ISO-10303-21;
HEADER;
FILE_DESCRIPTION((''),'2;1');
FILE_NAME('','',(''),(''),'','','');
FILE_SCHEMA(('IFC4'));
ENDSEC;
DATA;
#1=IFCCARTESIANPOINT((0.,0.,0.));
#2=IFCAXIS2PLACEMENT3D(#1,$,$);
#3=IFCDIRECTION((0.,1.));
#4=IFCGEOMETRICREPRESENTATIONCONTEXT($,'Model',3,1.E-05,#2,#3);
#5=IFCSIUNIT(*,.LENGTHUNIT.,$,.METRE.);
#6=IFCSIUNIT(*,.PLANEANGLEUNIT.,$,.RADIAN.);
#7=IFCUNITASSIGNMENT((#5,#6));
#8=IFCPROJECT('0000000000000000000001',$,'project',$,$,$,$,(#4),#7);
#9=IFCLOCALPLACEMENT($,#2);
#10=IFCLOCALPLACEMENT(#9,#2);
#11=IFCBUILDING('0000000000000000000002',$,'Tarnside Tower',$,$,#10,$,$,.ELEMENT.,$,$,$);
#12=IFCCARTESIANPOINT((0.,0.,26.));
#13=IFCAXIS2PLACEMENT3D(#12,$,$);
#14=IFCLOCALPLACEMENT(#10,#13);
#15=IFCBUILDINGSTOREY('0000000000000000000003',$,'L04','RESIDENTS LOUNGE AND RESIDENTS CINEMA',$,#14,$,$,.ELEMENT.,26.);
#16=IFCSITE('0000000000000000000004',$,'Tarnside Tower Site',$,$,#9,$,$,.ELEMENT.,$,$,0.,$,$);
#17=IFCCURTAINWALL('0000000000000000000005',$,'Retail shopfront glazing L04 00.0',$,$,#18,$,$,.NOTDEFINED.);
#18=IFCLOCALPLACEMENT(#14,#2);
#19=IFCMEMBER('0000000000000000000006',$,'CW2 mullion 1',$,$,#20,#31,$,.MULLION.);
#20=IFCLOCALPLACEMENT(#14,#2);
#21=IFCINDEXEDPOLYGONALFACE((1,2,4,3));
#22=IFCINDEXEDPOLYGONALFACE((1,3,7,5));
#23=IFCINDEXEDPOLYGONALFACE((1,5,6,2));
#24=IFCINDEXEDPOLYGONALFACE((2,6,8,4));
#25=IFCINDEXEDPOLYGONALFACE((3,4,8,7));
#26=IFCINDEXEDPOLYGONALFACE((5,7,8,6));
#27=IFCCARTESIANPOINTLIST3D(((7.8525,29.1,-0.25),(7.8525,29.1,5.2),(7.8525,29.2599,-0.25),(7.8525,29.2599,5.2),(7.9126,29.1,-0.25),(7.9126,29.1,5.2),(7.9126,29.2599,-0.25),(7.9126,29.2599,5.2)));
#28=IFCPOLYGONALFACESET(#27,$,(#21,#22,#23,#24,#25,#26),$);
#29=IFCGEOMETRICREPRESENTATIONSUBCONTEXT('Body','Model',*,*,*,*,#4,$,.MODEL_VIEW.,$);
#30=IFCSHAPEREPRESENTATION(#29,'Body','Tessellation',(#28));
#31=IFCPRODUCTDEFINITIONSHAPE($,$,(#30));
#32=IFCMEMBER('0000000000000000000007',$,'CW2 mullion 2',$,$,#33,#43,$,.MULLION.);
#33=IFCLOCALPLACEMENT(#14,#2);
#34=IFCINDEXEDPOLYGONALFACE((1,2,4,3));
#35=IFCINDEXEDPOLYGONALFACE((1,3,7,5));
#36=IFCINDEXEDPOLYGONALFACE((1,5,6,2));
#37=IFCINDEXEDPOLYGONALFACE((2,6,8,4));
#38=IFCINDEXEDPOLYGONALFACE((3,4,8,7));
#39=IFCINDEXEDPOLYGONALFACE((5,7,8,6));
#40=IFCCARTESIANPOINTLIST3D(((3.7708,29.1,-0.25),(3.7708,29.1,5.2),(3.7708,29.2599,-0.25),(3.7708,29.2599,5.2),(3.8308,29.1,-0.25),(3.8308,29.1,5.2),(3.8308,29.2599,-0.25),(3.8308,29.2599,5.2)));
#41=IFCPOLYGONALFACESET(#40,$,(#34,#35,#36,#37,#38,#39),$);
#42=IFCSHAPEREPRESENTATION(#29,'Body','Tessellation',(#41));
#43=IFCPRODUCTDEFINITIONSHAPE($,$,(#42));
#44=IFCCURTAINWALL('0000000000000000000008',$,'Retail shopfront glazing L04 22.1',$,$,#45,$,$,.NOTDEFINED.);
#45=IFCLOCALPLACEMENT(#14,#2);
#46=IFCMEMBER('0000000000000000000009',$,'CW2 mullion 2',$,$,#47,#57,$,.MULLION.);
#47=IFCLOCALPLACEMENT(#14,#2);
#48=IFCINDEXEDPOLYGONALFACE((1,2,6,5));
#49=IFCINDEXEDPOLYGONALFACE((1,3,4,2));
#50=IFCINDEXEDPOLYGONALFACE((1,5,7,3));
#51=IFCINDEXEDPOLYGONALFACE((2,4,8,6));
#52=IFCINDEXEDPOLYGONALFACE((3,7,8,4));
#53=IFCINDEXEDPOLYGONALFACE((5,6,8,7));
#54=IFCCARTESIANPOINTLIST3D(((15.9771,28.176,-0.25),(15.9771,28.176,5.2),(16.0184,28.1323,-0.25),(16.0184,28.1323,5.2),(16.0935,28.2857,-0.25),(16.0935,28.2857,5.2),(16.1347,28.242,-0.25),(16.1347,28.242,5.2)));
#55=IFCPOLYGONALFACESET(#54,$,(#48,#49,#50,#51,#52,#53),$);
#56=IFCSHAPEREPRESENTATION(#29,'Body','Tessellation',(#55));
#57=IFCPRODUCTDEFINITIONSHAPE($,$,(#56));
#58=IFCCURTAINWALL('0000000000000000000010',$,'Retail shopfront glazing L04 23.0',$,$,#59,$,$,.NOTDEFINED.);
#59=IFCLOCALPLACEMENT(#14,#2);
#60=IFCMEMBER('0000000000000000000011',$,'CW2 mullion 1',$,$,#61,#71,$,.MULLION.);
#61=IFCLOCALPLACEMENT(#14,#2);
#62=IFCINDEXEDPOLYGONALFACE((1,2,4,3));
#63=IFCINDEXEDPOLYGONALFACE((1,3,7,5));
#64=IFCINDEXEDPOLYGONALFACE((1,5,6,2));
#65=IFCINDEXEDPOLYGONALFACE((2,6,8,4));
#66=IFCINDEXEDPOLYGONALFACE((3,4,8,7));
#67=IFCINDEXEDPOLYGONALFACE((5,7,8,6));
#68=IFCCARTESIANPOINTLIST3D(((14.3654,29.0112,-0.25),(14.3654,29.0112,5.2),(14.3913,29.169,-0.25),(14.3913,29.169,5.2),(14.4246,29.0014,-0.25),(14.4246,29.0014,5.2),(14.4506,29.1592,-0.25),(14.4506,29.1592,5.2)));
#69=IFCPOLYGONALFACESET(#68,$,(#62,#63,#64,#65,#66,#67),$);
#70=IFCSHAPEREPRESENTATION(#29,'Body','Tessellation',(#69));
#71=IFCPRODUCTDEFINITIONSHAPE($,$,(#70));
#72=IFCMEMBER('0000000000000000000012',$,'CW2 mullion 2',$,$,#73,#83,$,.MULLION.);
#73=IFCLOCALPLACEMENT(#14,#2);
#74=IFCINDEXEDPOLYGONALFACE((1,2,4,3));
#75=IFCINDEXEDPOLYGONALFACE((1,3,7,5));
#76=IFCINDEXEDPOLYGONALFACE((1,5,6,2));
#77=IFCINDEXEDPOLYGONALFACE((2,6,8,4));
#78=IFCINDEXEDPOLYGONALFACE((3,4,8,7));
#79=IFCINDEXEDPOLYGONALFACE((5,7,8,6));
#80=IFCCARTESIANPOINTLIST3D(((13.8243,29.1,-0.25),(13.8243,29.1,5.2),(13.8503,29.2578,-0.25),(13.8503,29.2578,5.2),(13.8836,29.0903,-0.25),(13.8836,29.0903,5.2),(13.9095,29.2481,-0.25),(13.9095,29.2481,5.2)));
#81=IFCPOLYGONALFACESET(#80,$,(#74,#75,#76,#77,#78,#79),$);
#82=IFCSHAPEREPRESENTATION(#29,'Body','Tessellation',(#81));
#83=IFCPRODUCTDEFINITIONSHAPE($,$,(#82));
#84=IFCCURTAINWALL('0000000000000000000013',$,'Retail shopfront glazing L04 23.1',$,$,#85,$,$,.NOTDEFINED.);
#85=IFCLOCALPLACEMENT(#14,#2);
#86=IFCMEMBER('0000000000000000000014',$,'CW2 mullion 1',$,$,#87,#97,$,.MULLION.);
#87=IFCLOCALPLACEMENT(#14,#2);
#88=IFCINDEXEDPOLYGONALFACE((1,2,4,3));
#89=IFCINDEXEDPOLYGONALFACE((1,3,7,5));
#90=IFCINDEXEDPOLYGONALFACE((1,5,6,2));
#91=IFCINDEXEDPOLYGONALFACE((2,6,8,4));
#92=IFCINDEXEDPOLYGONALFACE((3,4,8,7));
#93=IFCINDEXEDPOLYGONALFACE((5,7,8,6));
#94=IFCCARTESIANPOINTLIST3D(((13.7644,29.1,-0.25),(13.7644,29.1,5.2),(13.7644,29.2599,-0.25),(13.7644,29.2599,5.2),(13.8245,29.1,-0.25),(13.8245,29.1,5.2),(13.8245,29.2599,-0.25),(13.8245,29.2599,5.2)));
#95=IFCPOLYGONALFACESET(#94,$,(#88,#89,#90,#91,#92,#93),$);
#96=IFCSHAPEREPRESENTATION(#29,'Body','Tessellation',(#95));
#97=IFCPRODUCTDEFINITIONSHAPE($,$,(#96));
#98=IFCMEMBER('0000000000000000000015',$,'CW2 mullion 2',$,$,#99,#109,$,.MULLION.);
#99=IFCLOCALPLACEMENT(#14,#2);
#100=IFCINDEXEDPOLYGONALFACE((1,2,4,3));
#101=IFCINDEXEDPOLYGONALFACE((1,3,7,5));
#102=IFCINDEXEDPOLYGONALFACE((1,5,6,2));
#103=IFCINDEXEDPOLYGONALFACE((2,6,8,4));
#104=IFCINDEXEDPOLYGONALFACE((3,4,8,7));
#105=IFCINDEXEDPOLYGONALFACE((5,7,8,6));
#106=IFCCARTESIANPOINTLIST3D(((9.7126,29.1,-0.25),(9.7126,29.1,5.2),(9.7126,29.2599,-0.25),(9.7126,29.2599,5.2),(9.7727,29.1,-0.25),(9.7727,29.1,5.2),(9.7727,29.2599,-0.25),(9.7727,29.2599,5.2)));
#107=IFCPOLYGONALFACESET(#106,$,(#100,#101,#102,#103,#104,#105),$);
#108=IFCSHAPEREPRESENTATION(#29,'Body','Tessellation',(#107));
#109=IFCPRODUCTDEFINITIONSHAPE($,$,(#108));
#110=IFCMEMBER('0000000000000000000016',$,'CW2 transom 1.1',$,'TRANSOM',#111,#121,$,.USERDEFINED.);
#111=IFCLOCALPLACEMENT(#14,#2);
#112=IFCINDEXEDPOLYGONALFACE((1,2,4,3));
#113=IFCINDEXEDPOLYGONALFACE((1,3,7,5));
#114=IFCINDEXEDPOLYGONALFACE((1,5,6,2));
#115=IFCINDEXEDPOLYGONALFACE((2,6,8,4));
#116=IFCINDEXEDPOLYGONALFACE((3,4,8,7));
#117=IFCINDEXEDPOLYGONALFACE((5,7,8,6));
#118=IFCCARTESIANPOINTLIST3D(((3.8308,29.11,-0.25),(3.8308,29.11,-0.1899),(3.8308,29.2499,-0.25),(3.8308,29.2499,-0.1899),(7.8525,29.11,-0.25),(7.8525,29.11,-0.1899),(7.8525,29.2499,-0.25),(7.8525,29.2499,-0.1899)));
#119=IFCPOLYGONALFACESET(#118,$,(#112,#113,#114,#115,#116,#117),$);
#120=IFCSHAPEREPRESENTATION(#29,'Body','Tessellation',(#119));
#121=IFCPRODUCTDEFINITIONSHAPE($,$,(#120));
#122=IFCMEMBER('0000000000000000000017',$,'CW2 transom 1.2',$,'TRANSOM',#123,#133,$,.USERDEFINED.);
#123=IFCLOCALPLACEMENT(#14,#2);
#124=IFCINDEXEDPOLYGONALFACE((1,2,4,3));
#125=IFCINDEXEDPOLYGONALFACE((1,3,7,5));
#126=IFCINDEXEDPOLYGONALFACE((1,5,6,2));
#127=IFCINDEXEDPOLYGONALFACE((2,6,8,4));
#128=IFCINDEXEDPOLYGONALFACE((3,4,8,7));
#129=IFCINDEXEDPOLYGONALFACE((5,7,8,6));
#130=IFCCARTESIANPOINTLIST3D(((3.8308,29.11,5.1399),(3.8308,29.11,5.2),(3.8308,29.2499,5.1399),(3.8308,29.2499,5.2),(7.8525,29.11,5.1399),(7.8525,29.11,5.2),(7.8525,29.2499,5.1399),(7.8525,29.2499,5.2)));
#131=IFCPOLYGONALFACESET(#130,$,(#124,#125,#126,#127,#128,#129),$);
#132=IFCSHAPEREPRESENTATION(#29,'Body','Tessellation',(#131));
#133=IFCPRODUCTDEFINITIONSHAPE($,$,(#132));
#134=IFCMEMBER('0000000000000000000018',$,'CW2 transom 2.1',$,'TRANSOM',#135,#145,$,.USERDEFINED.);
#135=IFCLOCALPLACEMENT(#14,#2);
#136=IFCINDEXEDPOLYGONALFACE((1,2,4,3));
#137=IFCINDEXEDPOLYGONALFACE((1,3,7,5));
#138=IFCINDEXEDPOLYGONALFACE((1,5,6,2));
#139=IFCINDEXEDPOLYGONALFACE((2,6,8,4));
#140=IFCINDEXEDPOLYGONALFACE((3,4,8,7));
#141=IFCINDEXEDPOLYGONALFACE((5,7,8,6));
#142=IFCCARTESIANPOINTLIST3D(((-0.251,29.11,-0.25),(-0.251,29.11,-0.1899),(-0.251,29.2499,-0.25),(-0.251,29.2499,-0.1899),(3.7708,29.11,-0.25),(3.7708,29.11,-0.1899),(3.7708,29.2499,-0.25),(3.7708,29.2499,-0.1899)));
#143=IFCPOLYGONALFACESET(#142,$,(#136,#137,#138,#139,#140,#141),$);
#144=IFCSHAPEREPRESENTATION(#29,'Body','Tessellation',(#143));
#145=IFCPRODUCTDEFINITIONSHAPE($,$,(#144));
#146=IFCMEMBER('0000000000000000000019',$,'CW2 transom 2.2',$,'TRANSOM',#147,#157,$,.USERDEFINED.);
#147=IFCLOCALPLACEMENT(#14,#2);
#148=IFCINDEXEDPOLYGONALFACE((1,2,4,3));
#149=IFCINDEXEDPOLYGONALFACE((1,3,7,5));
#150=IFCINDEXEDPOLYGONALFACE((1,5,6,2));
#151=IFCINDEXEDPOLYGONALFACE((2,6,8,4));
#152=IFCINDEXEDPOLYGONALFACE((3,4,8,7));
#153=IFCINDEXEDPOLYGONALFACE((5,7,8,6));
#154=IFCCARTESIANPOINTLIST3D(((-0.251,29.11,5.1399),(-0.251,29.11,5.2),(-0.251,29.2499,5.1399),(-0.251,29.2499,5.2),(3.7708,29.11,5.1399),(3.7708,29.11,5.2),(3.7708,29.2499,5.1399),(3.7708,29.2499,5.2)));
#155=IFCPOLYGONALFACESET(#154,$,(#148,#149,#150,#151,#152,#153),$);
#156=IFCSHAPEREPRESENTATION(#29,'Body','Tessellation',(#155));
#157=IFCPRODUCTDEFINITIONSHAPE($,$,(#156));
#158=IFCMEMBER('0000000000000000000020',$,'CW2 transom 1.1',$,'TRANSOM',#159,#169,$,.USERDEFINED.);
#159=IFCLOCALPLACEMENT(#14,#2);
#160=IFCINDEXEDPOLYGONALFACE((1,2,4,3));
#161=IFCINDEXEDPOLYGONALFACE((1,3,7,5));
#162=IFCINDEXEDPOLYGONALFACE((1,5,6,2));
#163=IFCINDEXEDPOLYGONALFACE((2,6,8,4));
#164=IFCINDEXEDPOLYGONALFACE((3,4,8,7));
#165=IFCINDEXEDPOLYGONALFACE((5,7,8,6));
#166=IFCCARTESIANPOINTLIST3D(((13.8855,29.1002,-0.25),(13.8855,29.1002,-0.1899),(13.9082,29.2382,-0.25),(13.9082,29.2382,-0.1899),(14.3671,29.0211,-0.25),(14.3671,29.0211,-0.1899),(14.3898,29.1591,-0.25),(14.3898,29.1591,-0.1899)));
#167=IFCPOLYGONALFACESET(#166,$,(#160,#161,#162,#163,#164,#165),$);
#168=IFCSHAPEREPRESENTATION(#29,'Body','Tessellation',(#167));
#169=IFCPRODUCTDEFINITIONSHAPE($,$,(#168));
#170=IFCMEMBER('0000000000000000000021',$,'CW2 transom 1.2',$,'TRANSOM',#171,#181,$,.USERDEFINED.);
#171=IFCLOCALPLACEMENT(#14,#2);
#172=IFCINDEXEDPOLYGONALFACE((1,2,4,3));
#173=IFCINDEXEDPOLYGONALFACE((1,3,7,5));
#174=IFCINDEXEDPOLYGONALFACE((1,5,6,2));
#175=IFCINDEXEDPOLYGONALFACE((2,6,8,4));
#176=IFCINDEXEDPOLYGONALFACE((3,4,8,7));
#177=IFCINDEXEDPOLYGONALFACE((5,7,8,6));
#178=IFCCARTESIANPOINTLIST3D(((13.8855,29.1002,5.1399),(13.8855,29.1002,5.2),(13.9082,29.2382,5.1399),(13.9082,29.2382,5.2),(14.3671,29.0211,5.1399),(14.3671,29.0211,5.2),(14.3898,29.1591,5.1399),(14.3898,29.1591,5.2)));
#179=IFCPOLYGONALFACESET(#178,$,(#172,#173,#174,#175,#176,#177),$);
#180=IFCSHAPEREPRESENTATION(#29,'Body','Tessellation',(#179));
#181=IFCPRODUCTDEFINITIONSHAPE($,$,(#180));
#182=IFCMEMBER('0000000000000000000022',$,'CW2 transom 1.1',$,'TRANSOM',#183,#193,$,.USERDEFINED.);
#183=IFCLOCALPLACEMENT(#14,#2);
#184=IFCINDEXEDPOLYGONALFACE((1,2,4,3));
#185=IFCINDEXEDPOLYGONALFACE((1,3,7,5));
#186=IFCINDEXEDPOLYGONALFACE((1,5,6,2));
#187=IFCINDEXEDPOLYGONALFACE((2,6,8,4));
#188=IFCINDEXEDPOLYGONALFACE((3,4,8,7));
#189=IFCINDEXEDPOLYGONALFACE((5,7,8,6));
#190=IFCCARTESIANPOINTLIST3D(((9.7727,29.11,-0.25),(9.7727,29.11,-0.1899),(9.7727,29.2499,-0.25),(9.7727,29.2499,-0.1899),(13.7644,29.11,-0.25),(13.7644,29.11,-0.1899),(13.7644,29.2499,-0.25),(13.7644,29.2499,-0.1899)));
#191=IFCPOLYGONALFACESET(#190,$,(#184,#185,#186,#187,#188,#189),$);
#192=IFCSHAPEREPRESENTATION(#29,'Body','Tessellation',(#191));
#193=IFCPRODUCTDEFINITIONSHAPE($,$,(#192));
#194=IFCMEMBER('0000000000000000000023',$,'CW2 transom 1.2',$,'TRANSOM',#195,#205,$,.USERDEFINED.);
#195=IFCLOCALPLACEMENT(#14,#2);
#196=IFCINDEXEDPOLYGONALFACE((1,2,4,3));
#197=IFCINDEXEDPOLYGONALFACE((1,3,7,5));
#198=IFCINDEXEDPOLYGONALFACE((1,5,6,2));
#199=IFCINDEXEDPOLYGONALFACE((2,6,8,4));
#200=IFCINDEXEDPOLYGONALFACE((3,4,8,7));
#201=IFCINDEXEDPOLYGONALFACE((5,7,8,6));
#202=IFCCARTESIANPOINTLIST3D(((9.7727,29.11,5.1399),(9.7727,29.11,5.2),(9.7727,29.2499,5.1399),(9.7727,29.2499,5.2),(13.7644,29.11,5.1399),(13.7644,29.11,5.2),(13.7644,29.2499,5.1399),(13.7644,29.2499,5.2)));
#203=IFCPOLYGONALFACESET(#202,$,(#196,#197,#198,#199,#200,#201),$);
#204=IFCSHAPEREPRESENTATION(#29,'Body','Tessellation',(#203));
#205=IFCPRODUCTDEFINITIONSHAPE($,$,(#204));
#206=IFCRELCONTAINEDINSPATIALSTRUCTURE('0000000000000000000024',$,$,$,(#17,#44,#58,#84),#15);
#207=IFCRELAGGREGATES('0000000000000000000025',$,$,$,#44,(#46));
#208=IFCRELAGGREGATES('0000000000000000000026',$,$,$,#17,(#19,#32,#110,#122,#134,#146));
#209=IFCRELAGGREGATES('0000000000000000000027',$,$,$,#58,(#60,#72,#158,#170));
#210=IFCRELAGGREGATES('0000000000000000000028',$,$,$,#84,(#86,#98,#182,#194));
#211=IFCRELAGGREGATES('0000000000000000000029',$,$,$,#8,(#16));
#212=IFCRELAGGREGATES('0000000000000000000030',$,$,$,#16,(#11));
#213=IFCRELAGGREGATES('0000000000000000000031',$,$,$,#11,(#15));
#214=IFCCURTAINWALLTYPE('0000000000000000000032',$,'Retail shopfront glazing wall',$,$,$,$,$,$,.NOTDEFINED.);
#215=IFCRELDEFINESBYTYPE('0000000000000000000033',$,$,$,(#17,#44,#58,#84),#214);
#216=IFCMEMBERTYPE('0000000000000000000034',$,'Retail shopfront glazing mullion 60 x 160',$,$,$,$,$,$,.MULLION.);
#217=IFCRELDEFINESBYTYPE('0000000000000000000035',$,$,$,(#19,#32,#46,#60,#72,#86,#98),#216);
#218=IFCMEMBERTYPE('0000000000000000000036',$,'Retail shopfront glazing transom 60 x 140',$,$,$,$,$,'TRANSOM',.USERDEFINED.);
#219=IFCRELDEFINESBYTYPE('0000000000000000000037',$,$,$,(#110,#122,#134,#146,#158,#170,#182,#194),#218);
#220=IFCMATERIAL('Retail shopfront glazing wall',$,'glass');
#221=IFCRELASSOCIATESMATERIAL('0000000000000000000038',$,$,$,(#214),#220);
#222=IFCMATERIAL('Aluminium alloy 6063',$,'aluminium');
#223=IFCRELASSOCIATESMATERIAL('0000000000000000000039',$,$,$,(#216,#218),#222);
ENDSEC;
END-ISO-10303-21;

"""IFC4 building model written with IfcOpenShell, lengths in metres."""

from ifc_helpers import new_model, si_unit, direction, frame, origin, origin_2d, place, context, subcontext, project, spatial, rectangle, extrude, material, material_profile, profile_set, type_object, element, aggregate, save


model = new_model("IFC4")

# Units and contexts
model_context = context("Model", 3, precision=1e-05, world=origin(), true_north=direction((0.0, 1.0)))
body_context = subcontext(model_context, "Body", "Model", "MODEL_VIEW")
ifc_project = project(units=[si_unit("LENGTHUNIT", "METRE"), si_unit("PLANEANGLEUNIT", "RADIAN")], contexts=[model_context])

# Site, building, storey
site_placement = place(None, origin())
site = spatial("IfcSite", under=ifc_project, at=site_placement, Name="Tarnside Tower Site", CompositionType="ELEMENT", RefElevation=0.0)
building_placement = place(site_placement, origin())
building = spatial("IfcBuilding", under=site, at=building_placement, Name="Tarnside Tower", CompositionType="ELEMENT")
storey_placement = place(building_placement, frame((0.0, 0.0, 26.0)))
storey = spatial("IfcBuildingStorey", under=building, at=storey_placement, Name="L04", Description="RESIDENTS LOUNGE AND RESIDENTS CINEMA", CompositionType="ELEMENT", Elevation=26.0)

# Curtain wall, members
ifc_material_1 = material(Name="Retail shopfront glazing wall", Category="glass")
curtain_wall_type = type_object("IfcCurtainWallType", Name="Retail shopfront glazing wall", PredefinedType="NOTDEFINED", material=ifc_material_1)
curtain_wall_1_placement = place(storey_placement, origin())
curtain_wall_1 = element("IfcCurtainWall", 1, at=curtain_wall_1_placement, inside=storey, type_object=curtain_wall_type, Name="Retail shopfront glazing L04 00.0", PredefinedType="NOTDEFINED")
ifc_material_2 = material(Name="Aluminium alloy 6063", Category="aluminium")
ifc_material_profile_1 = material_profile(ifc_material_2, rectangle(XDim=0.1599, YDim=0.0601, at=origin_2d()), Name="Retail shopfront glazing mullion 60 x 160")
ifc_profile_set_1 = profile_set([ifc_material_profile_1], Name="Aluminium alloy 6063")
member_type_1 = type_object("IfcMemberType", Name="Retail shopfront glazing mullion 60 x 160", PredefinedType="MULLION", material=ifc_profile_set_1)
member_1_placement = place(storey_placement, frame((7.8826, 29.1799, -0.25), z_axis=(0.0, 0.0, 1.0), x_axis=(0.0, -1.0, 0.0)))
member_1 = element("IfcMember", 2, at=member_1_placement, type_object=member_type_1, Name="CW2 mullion 1", PredefinedType="MULLION", context=body_context, shape_type="SweptSolid", body=[
    extrude(rectangle(XDim=0.1599, YDim=0.0601, at=origin_2d()), origin(), (0.0, 0.0, 1.0), 5.45),
])
member_2_placement = place(storey_placement, frame((3.8008, 29.1799, -0.25), z_axis=(0.0, 0.0, 1.0), x_axis=(0.0, -1.0, 0.0)))
member_2 = element("IfcMember", 3, at=member_2_placement, type_object=member_type_1, Name="CW2 mullion 2", PredefinedType="MULLION", context=body_context, shape_type="SweptSolid", body=[
    extrude(rectangle(XDim=0.1599, YDim=0.0601, at=origin_2d()), origin(), (0.0, 0.0, 1.0), 5.45),
])

# Curtain wall, member
curtain_wall_2_placement = place(storey_placement, origin())
curtain_wall_2 = element("IfcCurtainWall", 4, at=curtain_wall_2_placement, inside=storey, type_object=curtain_wall_type, Name="Retail shopfront glazing L04 22.1", PredefinedType="NOTDEFINED")
member_3_placement = place(storey_placement, frame((16.0559, 28.209, -0.25), z_axis=(0.0, 0.0, 1.0), x_axis=(-0.727374, -0.686242, 0.0)))
member_3 = element("IfcMember", 5, at=member_3_placement, type_object=member_type_1, Name="CW2 mullion 2", PredefinedType="MULLION", context=body_context, shape_type="SweptSolid", body=[
    extrude(rectangle(XDim=0.1599, YDim=0.0601, at=origin_2d()), origin(), (0.0, 0.0, 1.0), 5.45),
])
aggregate(curtain_wall_2, [member_3])

# Curtain walls, members
curtain_wall_3_placement = place(storey_placement, origin())
curtain_wall_3 = element("IfcCurtainWall", 6, at=curtain_wall_3_placement, inside=storey, type_object=curtain_wall_type, Name="Retail shopfront glazing L04 23.0", PredefinedType="NOTDEFINED")
member_4_placement = place(storey_placement, frame((14.408, 29.0852, -0.25), z_axis=(0.0, 0.0, 1.0), x_axis=(-0.162178, -0.986762, 0.0)))
member_4 = element("IfcMember", 7, at=member_4_placement, type_object=member_type_1, Name="CW2 mullion 1", PredefinedType="MULLION", context=body_context, shape_type="SweptSolid", body=[
    extrude(rectangle(XDim=0.1599, YDim=0.0601, at=origin_2d()), origin(), (0.0, 0.0, 1.0), 5.45),
])
member_5_placement = place(storey_placement, frame((13.8669, 29.1741, -0.25), z_axis=(0.0, 0.0, 1.0), x_axis=(-0.162178, -0.986762, 0.0)))
member_5 = element("IfcMember", 8, at=member_5_placement, type_object=member_type_1, Name="CW2 mullion 2", PredefinedType="MULLION", context=body_context, shape_type="SweptSolid", body=[
    extrude(rectangle(XDim=0.1599, YDim=0.0601, at=origin_2d()), origin(), (0.0, 0.0, 1.0), 5.45),
])
curtain_wall_4_placement = place(storey_placement, origin())
curtain_wall_4 = element("IfcCurtainWall", 9, at=curtain_wall_4_placement, inside=storey, type_object=curtain_wall_type, Name="Retail shopfront glazing L04 23.1", PredefinedType="NOTDEFINED")
member_6_placement = place(storey_placement, frame((13.7944, 29.1799, -0.25), z_axis=(0.0, 0.0, 1.0), x_axis=(0.0, -1.0, 0.0)))
member_6 = element("IfcMember", 10, at=member_6_placement, type_object=member_type_1, Name="CW2 mullion 1", PredefinedType="MULLION", context=body_context, shape_type="SweptSolid", body=[
    extrude(rectangle(XDim=0.1599, YDim=0.0601, at=origin_2d()), origin(), (0.0, 0.0, 1.0), 5.45),
])
member_7_placement = place(storey_placement, frame((9.7427, 29.1799, -0.25), z_axis=(0.0, 0.0, 1.0), x_axis=(0.0, -1.0, 0.0)))
member_7 = element("IfcMember", 11, at=member_7_placement, type_object=member_type_1, Name="CW2 mullion 2", PredefinedType="MULLION", context=body_context, shape_type="SweptSolid", body=[
    extrude(rectangle(XDim=0.1599, YDim=0.0601, at=origin_2d()), origin(), (0.0, 0.0, 1.0), 5.45),
])

# Members
ifc_material_profile_2 = material_profile(ifc_material_2, rectangle(XDim=0.1399, YDim=0.0601, at=origin_2d()), Name="Retail shopfront glazing transom 60 x 140")
ifc_profile_set_2 = profile_set([ifc_material_profile_2], Name="Aluminium alloy 6063")
member_type_2 = type_object("IfcMemberType", Name="Retail shopfront glazing transom 60 x 140", ElementType="TRANSOM", PredefinedType="USERDEFINED", material=ifc_profile_set_2)
member_8_placement = place(storey_placement, frame((7.8525, 29.1799, -0.22), z_axis=(-1.0, 0.0, 0.0), x_axis=(0.0, -1.0, 0.0)))
member_8 = element("IfcMember", 12, at=member_8_placement, type_object=member_type_2, Name="CW2 transom 1.1", ObjectType="TRANSOM", PredefinedType="USERDEFINED", context=body_context, shape_type="SweptSolid", body=[
    extrude(rectangle(XDim=0.1399, YDim=0.0601, at=origin_2d()), origin(), (0.0, 0.0, 1.0), 4.0217),
])
member_9_placement = place(storey_placement, frame((7.8525, 29.1799, 5.1699), z_axis=(-1.0, 0.0, 0.0), x_axis=(0.0, -1.0, 0.0)))
member_9 = element("IfcMember", 13, at=member_9_placement, type_object=member_type_2, Name="CW2 transom 1.2", ObjectType="TRANSOM", PredefinedType="USERDEFINED", context=body_context, shape_type="SweptSolid", body=[
    extrude(rectangle(XDim=0.1399, YDim=0.0601, at=origin_2d()), origin(), (0.0, 0.0, 1.0), 4.0217),
])
member_10_placement = place(storey_placement, frame((3.7708, 29.1799, -0.22), z_axis=(-1.0, 0.0, 0.0), x_axis=(0.0, -1.0, 0.0)))
member_10 = element("IfcMember", 14, at=member_10_placement, type_object=member_type_2, Name="CW2 transom 2.1", ObjectType="TRANSOM", PredefinedType="USERDEFINED", context=body_context, shape_type="SweptSolid", body=[
    extrude(rectangle(XDim=0.1399, YDim=0.0601, at=origin_2d()), origin(), (0.0, 0.0, 1.0), 4.0217),
])
member_11_placement = place(storey_placement, frame((3.7708, 29.1799, 5.1699), z_axis=(-1.0, 0.0, 0.0), x_axis=(0.0, -1.0, 0.0)))
member_11 = element("IfcMember", 15, at=member_11_placement, type_object=member_type_2, Name="CW2 transom 2.2", ObjectType="TRANSOM", PredefinedType="USERDEFINED", context=body_context, shape_type="SweptSolid", body=[
    extrude(rectangle(XDim=0.1399, YDim=0.0601, at=origin_2d()), origin(), (0.0, 0.0, 1.0), 4.0217),
])
member_12_placement = place(storey_placement, frame((14.3784, 29.0901, -0.22), z_axis=(-0.986783, 0.162046, 0.0), x_axis=(-0.162046, -0.986783, 0.0)))
member_12 = element("IfcMember", 16, at=member_12_placement, type_object=member_type_2, Name="CW2 transom 1.1", ObjectType="TRANSOM", PredefinedType="USERDEFINED", context=body_context, shape_type="SweptSolid", body=[
    extrude(rectangle(XDim=0.1399, YDim=0.0601, at=origin_2d()), origin(), (0.0, 0.0, 1.0), 0.488),
])
member_13_placement = place(storey_placement, frame((14.3784, 29.0901, 5.1699), z_axis=(-0.986783, 0.162046, 0.0), x_axis=(-0.162046, -0.986783, 0.0)))
member_13 = element("IfcMember", 17, at=member_13_placement, type_object=member_type_2, Name="CW2 transom 1.2", ObjectType="TRANSOM", PredefinedType="USERDEFINED", context=body_context, shape_type="SweptSolid", body=[
    extrude(rectangle(XDim=0.1399, YDim=0.0601, at=origin_2d()), origin(), (0.0, 0.0, 1.0), 0.488),
])
member_14_placement = place(storey_placement, frame((13.7644, 29.1799, -0.22), z_axis=(-1.0, 0.0, 0.0), x_axis=(0.0, -1.0, 0.0)))
member_14 = element("IfcMember", 18, at=member_14_placement, type_object=member_type_2, Name="CW2 transom 1.1", ObjectType="TRANSOM", PredefinedType="USERDEFINED", context=body_context, shape_type="SweptSolid", body=[
    extrude(rectangle(XDim=0.1399, YDim=0.0601, at=origin_2d()), origin(), (0.0, 0.0, 1.0), 3.9917),
])
member_15_placement = place(storey_placement, frame((13.7644, 29.1799, 5.1699), z_axis=(-1.0, 0.0, 0.0), x_axis=(0.0, -1.0, 0.0)))
member_15 = element("IfcMember", 19, at=member_15_placement, type_object=member_type_2, Name="CW2 transom 1.2", ObjectType="TRANSOM", PredefinedType="USERDEFINED", context=body_context, shape_type="SweptSolid", body=[
    extrude(rectangle(XDim=0.1399, YDim=0.0601, at=origin_2d()), origin(), (0.0, 0.0, 1.0), 3.9917),
])

aggregate(curtain_wall_1, [member_1, member_2, member_8, member_9, member_10, member_11])
aggregate(curtain_wall_3, [member_4, member_5, member_12, member_13])
aggregate(curtain_wall_4, [member_6, member_7, member_14, member_15])

save(model, "model.ifc")
